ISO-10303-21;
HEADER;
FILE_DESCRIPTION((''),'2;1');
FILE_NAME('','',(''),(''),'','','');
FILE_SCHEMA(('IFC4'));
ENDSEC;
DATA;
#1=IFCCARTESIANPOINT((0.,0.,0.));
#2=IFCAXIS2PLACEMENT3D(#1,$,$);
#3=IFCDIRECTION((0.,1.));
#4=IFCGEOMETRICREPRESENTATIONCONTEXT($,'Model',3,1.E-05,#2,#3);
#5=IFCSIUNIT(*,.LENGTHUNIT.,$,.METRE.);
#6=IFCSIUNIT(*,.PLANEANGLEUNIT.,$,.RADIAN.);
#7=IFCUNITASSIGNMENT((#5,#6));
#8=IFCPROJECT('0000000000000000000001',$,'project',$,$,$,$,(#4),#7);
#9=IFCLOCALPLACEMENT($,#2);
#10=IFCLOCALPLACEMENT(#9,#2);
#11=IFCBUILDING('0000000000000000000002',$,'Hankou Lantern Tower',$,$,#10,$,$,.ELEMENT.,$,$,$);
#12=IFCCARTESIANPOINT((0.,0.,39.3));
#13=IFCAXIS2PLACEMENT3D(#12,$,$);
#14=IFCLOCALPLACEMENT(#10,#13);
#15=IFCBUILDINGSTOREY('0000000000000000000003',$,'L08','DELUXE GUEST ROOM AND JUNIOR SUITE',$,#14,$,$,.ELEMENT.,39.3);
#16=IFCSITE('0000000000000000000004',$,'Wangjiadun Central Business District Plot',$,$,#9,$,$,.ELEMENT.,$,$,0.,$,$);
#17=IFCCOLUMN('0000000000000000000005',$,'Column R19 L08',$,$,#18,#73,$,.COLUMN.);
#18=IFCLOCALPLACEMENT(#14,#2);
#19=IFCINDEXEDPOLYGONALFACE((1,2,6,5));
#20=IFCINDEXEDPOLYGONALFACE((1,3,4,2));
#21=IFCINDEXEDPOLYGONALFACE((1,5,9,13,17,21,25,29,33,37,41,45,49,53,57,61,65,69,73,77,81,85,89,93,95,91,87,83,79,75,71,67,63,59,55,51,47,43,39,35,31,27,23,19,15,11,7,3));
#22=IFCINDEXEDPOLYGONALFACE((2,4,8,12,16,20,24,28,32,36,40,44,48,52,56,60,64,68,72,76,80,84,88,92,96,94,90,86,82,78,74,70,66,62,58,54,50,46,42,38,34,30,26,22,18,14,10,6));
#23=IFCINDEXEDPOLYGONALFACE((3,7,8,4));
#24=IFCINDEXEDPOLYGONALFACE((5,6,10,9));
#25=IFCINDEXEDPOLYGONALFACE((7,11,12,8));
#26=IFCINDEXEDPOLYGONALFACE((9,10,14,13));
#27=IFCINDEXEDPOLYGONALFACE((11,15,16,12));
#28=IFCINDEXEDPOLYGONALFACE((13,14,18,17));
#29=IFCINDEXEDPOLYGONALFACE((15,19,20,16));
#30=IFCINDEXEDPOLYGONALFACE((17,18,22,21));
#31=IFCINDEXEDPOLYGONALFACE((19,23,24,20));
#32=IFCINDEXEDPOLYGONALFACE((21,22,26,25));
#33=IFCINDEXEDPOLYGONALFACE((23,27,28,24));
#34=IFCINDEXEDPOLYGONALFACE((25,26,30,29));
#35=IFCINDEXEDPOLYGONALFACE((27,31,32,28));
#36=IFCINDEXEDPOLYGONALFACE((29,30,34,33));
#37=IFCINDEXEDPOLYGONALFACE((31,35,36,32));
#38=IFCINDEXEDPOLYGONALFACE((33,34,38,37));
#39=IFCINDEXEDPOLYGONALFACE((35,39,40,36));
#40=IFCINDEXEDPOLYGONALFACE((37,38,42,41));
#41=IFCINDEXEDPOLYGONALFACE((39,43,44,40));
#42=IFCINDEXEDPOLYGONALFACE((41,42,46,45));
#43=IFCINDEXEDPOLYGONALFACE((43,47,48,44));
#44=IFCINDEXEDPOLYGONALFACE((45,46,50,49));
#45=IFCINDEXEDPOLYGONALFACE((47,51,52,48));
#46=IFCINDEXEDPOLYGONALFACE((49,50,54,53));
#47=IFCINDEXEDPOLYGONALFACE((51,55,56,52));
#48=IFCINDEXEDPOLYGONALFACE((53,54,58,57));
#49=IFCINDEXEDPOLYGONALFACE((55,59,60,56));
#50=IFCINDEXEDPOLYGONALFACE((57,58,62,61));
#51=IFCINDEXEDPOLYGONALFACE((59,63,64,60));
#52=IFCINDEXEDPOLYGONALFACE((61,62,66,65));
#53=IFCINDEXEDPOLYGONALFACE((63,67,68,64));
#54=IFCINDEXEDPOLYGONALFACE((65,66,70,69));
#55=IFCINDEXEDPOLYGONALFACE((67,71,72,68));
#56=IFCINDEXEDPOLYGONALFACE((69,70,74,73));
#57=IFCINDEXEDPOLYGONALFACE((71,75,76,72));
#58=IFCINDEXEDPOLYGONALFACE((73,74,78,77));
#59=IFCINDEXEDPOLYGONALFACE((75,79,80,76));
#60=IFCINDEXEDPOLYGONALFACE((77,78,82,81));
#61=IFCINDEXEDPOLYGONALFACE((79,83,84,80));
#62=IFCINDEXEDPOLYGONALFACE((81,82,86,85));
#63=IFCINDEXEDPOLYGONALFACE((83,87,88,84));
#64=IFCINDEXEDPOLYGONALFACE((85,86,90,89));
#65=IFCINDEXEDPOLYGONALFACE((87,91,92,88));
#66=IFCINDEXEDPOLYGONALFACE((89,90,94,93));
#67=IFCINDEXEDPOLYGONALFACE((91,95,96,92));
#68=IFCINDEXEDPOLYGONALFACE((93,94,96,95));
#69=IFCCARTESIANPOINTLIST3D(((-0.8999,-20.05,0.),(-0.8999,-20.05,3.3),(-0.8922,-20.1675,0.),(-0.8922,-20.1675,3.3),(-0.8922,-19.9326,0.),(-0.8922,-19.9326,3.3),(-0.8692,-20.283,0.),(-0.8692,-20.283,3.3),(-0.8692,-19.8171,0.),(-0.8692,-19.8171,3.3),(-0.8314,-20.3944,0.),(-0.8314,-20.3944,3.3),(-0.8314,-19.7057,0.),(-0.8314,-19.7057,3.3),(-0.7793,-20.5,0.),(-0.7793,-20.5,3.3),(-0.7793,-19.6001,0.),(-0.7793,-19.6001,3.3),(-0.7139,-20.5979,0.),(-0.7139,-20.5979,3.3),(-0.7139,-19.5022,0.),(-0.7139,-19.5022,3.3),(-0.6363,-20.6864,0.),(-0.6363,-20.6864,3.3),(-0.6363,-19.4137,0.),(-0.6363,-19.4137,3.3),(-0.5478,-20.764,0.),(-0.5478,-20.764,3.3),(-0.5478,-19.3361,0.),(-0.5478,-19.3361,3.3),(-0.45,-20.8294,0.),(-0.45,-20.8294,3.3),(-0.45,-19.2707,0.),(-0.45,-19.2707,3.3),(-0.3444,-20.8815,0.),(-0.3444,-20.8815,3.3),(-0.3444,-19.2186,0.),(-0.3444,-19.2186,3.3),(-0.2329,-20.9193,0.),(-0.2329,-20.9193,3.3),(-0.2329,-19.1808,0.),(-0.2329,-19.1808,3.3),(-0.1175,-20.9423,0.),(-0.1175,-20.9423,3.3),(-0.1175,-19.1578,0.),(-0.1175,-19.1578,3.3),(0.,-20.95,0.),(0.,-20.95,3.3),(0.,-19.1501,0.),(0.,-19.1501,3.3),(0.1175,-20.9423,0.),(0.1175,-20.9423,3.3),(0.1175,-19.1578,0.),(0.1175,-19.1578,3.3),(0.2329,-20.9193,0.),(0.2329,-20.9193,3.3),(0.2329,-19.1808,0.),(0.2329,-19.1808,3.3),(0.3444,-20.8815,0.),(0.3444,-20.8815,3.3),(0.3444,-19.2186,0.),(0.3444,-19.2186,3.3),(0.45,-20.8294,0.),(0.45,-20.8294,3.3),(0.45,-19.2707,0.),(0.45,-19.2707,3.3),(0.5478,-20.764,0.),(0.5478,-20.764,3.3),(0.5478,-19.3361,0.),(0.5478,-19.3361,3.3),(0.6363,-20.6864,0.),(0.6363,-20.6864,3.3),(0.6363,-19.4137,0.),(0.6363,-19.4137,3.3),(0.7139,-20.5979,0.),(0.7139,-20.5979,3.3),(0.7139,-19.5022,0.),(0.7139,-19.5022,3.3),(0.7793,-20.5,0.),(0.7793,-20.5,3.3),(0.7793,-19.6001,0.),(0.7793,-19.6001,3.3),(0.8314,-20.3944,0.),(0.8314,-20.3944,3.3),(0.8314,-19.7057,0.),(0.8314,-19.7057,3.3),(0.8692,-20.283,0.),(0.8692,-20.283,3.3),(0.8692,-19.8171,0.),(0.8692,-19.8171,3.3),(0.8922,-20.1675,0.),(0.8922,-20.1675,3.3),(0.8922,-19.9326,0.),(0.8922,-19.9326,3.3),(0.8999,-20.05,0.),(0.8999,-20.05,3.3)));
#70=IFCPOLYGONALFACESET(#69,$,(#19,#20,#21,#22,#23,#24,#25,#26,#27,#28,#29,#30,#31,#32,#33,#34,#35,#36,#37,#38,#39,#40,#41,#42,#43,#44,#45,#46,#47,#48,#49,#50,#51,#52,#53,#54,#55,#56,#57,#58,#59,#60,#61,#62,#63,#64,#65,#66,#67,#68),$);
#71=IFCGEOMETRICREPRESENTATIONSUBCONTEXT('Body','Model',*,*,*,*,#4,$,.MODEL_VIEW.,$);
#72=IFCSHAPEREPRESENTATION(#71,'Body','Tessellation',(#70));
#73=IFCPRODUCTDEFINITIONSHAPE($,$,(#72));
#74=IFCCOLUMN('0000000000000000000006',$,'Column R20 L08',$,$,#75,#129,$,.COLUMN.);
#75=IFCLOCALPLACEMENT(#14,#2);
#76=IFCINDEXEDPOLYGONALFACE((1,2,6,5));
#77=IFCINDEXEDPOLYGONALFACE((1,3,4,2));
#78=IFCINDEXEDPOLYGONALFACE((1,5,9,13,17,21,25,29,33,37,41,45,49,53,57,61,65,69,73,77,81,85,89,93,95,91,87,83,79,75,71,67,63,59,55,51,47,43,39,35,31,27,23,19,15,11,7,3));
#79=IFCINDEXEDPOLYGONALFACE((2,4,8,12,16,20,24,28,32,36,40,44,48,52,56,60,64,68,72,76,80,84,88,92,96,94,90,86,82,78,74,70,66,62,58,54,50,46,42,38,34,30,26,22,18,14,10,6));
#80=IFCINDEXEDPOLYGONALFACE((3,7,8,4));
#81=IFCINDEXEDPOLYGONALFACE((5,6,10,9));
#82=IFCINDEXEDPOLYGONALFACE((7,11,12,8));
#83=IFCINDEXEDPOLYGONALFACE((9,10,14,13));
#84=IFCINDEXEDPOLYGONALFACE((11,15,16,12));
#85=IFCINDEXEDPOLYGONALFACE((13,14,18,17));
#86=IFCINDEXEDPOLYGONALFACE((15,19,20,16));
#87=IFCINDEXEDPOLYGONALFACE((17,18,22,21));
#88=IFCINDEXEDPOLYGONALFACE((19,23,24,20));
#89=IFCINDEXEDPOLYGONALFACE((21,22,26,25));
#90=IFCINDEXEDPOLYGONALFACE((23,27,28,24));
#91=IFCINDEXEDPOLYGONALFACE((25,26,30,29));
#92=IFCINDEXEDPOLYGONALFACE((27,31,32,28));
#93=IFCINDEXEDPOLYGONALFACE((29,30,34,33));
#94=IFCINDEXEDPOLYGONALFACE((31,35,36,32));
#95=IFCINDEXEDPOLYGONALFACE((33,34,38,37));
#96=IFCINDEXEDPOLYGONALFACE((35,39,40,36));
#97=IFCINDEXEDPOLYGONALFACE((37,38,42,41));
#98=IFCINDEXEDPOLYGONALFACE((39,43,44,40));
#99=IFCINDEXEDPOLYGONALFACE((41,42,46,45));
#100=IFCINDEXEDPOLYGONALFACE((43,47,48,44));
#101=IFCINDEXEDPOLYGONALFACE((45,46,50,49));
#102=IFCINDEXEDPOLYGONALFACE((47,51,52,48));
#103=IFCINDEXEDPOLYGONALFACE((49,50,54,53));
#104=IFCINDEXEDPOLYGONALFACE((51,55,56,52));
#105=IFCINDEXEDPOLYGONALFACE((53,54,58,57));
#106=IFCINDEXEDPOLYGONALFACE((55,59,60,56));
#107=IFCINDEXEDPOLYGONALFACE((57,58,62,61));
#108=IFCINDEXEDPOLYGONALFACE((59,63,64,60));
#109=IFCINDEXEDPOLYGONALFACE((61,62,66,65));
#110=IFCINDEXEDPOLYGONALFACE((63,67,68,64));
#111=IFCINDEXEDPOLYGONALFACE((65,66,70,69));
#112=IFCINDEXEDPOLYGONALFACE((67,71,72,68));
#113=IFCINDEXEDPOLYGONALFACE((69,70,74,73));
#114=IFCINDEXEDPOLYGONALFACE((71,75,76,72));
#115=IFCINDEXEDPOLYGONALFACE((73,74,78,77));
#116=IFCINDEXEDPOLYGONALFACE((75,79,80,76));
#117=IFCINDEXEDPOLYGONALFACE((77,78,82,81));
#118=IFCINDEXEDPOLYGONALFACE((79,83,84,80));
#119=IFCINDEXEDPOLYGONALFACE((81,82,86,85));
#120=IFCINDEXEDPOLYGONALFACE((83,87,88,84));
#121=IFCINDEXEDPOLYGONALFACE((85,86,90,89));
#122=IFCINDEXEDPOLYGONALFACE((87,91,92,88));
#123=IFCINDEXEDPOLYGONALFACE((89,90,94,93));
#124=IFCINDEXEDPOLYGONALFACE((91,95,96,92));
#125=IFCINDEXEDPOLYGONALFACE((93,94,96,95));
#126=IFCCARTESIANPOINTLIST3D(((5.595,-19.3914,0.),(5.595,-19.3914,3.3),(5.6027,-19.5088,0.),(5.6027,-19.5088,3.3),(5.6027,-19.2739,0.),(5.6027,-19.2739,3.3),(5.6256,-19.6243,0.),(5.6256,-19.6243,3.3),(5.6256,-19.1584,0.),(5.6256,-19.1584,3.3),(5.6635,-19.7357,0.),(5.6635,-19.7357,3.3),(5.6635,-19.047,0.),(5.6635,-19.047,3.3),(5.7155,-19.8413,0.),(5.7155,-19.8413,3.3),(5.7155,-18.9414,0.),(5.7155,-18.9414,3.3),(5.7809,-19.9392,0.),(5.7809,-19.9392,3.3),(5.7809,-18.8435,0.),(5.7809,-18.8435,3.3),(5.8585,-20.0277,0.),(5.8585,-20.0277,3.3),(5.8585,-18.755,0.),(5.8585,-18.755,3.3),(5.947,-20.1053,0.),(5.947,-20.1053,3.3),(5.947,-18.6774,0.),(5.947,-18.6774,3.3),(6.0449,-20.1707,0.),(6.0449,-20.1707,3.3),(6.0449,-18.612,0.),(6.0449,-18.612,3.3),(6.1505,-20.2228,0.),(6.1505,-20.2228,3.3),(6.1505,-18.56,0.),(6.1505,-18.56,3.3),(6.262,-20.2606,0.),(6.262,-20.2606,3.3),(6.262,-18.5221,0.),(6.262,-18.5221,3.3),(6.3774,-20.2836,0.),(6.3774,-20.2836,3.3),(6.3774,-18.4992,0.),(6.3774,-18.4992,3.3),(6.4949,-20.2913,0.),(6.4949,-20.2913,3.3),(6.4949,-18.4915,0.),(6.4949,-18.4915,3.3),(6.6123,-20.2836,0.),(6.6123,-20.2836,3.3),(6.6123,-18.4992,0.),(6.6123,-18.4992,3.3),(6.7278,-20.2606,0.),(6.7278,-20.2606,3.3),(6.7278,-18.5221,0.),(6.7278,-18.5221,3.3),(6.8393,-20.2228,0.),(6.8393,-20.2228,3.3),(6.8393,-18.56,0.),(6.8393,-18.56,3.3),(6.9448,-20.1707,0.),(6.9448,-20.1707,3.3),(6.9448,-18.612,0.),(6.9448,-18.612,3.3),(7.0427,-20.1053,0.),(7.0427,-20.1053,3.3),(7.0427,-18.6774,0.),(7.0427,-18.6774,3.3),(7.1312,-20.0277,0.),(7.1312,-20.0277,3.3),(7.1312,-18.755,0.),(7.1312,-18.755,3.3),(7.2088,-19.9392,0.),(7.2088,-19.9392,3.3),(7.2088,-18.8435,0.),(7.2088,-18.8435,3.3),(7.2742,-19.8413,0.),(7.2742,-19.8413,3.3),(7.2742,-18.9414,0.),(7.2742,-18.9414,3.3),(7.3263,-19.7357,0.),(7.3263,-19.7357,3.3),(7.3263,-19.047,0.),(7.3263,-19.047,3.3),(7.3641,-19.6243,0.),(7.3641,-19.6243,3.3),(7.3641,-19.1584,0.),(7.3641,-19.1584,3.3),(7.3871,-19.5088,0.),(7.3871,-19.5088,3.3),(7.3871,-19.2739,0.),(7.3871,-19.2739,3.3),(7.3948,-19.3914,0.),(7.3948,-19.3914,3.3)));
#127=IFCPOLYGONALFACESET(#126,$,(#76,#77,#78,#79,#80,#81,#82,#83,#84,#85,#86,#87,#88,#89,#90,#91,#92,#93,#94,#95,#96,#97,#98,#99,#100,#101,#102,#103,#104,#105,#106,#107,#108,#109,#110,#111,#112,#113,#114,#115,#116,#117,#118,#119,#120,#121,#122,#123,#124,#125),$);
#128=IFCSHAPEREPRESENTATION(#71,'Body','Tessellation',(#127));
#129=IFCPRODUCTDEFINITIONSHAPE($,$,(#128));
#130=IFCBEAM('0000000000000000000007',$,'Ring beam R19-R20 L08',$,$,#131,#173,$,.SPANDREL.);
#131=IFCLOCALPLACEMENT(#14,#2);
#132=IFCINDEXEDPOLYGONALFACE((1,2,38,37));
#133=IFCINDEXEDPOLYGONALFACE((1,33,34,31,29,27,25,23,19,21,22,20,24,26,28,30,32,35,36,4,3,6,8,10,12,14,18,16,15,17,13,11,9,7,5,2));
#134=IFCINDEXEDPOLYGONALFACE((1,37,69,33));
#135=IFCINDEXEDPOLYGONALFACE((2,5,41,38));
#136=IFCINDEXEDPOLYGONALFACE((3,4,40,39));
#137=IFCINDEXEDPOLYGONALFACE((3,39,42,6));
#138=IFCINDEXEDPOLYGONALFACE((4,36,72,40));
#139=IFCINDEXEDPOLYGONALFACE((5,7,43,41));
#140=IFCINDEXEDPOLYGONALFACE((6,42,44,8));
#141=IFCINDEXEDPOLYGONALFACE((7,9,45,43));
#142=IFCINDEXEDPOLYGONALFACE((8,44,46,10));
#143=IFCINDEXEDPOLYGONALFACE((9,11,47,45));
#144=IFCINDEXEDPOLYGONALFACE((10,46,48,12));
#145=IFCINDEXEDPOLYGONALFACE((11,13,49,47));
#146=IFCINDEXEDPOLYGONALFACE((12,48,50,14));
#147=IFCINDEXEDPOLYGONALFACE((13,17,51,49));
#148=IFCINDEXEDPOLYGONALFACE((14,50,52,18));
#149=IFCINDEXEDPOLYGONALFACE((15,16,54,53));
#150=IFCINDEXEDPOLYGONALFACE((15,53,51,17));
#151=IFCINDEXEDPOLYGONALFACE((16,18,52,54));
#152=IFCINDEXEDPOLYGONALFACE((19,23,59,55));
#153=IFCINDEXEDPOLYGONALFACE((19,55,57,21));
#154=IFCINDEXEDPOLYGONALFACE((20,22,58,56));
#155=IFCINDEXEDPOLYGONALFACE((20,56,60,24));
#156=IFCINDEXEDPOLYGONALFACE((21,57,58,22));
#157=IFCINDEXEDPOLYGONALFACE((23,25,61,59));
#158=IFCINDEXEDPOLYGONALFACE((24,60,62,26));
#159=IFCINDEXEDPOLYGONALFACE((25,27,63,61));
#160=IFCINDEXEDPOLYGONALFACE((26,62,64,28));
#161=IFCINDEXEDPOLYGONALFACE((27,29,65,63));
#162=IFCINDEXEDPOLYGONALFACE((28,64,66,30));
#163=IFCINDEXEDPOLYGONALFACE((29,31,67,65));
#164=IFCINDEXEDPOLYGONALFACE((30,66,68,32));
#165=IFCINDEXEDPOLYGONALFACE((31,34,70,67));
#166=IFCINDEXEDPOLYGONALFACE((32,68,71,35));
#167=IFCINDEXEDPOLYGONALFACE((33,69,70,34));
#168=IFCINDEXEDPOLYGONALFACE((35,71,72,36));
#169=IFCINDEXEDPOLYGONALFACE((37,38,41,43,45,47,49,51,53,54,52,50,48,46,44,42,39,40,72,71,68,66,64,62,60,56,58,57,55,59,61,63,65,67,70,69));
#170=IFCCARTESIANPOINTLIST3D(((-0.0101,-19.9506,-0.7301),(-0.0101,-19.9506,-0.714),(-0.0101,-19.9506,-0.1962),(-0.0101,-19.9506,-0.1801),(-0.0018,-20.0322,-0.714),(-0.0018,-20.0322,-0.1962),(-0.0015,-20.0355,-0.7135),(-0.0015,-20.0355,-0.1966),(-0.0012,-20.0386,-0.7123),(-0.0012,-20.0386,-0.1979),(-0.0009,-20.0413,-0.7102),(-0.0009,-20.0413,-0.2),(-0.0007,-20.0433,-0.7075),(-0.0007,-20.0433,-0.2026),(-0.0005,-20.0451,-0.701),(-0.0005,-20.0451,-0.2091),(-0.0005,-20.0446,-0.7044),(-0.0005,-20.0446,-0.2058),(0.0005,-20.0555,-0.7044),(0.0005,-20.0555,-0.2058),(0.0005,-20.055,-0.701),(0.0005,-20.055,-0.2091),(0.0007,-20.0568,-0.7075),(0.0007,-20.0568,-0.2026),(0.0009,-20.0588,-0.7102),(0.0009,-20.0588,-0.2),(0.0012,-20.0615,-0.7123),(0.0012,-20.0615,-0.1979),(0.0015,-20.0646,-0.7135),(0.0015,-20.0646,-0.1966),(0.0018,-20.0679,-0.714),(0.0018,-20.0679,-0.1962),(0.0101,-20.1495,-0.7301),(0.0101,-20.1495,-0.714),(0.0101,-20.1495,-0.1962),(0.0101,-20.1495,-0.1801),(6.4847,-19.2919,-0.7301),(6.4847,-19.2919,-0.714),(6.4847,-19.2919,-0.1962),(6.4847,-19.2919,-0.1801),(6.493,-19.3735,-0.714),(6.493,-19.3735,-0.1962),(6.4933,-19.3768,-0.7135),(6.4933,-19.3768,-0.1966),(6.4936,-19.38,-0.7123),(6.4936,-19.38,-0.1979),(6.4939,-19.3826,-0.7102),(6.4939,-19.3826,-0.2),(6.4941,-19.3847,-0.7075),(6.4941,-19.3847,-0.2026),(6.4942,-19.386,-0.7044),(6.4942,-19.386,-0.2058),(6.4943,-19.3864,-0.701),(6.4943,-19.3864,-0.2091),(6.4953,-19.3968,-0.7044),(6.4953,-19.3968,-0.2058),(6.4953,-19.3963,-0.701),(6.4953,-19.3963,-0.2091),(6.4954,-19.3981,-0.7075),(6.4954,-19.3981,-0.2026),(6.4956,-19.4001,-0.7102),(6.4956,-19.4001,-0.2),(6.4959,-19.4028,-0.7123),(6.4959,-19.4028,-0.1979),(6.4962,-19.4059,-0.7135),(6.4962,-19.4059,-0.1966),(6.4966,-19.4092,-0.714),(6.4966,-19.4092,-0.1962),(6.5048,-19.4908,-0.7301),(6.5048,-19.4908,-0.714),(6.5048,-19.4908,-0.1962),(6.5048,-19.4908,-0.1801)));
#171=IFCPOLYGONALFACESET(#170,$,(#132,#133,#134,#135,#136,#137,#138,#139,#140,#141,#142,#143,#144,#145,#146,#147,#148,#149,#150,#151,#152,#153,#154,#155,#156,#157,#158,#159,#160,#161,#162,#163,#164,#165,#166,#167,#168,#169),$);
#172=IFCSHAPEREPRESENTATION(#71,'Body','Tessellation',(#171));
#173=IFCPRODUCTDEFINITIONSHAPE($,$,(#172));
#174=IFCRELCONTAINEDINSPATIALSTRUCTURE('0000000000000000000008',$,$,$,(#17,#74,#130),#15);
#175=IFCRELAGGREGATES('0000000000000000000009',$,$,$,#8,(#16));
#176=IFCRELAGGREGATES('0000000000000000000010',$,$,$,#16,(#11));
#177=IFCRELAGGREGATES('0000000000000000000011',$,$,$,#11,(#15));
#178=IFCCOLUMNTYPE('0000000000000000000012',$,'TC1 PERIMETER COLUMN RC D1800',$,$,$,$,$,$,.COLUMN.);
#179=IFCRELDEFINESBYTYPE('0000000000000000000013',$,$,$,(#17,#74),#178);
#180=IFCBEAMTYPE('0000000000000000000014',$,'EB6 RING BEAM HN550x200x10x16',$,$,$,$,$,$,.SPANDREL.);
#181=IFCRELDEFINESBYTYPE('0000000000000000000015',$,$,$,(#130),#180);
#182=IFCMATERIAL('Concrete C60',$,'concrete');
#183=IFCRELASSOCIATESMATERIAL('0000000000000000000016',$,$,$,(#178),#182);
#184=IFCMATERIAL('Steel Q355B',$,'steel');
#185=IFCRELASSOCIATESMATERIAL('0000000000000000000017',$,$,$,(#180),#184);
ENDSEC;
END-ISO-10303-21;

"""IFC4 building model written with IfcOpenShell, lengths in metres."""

from ifc_helpers import new_model, si_unit, direction, frame, origin, origin_2d, place, context, subcontext, project, spatial, circle, i_section, extrude, material, material_profile, profile_set, type_object, element, save


model = new_model("IFC4")

# Units and contexts
model_context = context("Model", 3, precision=1e-05, world=origin(), true_north=direction((0.0, 1.0)))
body_context = subcontext(model_context, "Body", "Model", "MODEL_VIEW")
ifc_project = project(units=[si_unit("LENGTHUNIT", "METRE"), si_unit("PLANEANGLEUNIT", "RADIAN")], contexts=[model_context])

# Site, building, storey
site_placement = place(None, origin())
site = spatial("IfcSite", under=ifc_project, at=site_placement, Name="Wangjiadun Central Business District Plot", CompositionType="ELEMENT", RefElevation=0.0)
building_placement = place(site_placement, origin())
building = spatial("IfcBuilding", under=site, at=building_placement, Name="Hankou Lantern Tower", CompositionType="ELEMENT")
storey_placement = place(building_placement, frame((0.0, 0.0, 39.3)))
storey = spatial("IfcBuildingStorey", under=building, at=storey_placement, Name="L08", Description="DELUXE GUEST ROOM AND JUNIOR SUITE", CompositionType="ELEMENT", Elevation=39.3)

# Columns
ifc_material_1 = material(Name="Concrete C60", Category="concrete")
ifc_material_profile_1 = material_profile(ifc_material_1, circle(Radius=0.8999, at=origin_2d()), Name="RC D1800")
ifc_profile_set_1 = profile_set([ifc_material_profile_1], Name="Concrete C60")
column_type = type_object("IfcColumnType", Name="TC1 PERIMETER COLUMN RC D1800", PredefinedType="COLUMN", material=ifc_profile_set_1)
for number, where, z_axis, x_axis, name in (
    (1, (0.0, -20.05, 0.0), (0.0, 0.0, 1.0), (1.0, 0.0, 0.0), "Column R19 L08"),
    (2, (6.4949, -19.3914, 0.0), (0.0, 0.0, 1.0), (1.0, 0.0, 0.0), "Column R20 L08"),
):
    element("IfcColumn", number, at=place(storey_placement, frame(where, z_axis=z_axis, x_axis=x_axis)), inside=storey, type_object=column_type, Name=name, PredefinedType="COLUMN", context=body_context, shape_type="SweptSolid", body=[
        extrude(circle(Radius=0.8999, at=origin_2d()), origin(), (0.0, 0.0, 1.0), 3.3),
    ])

# Beam
ifc_material_2 = material(Name="Steel Q355B", Category="steel")
ifc_material_profile_2 = material_profile(ifc_material_2, i_section(OverallWidth=0.2, OverallDepth=0.55, WebThickness=0.01, FlangeThickness=0.0161, FilletRadius=0.0129, at=origin_2d()), Name="HN550x200x10x16")
ifc_profile_set_2 = profile_set([ifc_material_profile_2], Name="Steel Q355B")
beam_type_1 = type_object("IfcBeamType", Name="EB6 RING BEAM HN550x200x10x16", PredefinedType="SPANDREL", material=ifc_profile_set_2)
beam_1_placement = place(storey_placement, frame((0.0, -20.05, -0.4551), z_axis=(0.994897, 0.1009, 0.0), x_axis=(-0.1009, 0.994897, 0.0)))
element("IfcBeam", 3, at=beam_1_placement, inside=storey, type_object=beam_type_1, Name="Ring beam R19-R20 L08", PredefinedType="SPANDREL", context=body_context, shape_type="SweptSolid", body=[
    extrude(i_section(OverallWidth=0.2, OverallDepth=0.55, WebThickness=0.01, FlangeThickness=0.0161, FilletRadius=0.0129, at=origin_2d()), origin(), (0.0, 0.0, 1.0), 6.5281),
])

save(model, "model.ifc")
